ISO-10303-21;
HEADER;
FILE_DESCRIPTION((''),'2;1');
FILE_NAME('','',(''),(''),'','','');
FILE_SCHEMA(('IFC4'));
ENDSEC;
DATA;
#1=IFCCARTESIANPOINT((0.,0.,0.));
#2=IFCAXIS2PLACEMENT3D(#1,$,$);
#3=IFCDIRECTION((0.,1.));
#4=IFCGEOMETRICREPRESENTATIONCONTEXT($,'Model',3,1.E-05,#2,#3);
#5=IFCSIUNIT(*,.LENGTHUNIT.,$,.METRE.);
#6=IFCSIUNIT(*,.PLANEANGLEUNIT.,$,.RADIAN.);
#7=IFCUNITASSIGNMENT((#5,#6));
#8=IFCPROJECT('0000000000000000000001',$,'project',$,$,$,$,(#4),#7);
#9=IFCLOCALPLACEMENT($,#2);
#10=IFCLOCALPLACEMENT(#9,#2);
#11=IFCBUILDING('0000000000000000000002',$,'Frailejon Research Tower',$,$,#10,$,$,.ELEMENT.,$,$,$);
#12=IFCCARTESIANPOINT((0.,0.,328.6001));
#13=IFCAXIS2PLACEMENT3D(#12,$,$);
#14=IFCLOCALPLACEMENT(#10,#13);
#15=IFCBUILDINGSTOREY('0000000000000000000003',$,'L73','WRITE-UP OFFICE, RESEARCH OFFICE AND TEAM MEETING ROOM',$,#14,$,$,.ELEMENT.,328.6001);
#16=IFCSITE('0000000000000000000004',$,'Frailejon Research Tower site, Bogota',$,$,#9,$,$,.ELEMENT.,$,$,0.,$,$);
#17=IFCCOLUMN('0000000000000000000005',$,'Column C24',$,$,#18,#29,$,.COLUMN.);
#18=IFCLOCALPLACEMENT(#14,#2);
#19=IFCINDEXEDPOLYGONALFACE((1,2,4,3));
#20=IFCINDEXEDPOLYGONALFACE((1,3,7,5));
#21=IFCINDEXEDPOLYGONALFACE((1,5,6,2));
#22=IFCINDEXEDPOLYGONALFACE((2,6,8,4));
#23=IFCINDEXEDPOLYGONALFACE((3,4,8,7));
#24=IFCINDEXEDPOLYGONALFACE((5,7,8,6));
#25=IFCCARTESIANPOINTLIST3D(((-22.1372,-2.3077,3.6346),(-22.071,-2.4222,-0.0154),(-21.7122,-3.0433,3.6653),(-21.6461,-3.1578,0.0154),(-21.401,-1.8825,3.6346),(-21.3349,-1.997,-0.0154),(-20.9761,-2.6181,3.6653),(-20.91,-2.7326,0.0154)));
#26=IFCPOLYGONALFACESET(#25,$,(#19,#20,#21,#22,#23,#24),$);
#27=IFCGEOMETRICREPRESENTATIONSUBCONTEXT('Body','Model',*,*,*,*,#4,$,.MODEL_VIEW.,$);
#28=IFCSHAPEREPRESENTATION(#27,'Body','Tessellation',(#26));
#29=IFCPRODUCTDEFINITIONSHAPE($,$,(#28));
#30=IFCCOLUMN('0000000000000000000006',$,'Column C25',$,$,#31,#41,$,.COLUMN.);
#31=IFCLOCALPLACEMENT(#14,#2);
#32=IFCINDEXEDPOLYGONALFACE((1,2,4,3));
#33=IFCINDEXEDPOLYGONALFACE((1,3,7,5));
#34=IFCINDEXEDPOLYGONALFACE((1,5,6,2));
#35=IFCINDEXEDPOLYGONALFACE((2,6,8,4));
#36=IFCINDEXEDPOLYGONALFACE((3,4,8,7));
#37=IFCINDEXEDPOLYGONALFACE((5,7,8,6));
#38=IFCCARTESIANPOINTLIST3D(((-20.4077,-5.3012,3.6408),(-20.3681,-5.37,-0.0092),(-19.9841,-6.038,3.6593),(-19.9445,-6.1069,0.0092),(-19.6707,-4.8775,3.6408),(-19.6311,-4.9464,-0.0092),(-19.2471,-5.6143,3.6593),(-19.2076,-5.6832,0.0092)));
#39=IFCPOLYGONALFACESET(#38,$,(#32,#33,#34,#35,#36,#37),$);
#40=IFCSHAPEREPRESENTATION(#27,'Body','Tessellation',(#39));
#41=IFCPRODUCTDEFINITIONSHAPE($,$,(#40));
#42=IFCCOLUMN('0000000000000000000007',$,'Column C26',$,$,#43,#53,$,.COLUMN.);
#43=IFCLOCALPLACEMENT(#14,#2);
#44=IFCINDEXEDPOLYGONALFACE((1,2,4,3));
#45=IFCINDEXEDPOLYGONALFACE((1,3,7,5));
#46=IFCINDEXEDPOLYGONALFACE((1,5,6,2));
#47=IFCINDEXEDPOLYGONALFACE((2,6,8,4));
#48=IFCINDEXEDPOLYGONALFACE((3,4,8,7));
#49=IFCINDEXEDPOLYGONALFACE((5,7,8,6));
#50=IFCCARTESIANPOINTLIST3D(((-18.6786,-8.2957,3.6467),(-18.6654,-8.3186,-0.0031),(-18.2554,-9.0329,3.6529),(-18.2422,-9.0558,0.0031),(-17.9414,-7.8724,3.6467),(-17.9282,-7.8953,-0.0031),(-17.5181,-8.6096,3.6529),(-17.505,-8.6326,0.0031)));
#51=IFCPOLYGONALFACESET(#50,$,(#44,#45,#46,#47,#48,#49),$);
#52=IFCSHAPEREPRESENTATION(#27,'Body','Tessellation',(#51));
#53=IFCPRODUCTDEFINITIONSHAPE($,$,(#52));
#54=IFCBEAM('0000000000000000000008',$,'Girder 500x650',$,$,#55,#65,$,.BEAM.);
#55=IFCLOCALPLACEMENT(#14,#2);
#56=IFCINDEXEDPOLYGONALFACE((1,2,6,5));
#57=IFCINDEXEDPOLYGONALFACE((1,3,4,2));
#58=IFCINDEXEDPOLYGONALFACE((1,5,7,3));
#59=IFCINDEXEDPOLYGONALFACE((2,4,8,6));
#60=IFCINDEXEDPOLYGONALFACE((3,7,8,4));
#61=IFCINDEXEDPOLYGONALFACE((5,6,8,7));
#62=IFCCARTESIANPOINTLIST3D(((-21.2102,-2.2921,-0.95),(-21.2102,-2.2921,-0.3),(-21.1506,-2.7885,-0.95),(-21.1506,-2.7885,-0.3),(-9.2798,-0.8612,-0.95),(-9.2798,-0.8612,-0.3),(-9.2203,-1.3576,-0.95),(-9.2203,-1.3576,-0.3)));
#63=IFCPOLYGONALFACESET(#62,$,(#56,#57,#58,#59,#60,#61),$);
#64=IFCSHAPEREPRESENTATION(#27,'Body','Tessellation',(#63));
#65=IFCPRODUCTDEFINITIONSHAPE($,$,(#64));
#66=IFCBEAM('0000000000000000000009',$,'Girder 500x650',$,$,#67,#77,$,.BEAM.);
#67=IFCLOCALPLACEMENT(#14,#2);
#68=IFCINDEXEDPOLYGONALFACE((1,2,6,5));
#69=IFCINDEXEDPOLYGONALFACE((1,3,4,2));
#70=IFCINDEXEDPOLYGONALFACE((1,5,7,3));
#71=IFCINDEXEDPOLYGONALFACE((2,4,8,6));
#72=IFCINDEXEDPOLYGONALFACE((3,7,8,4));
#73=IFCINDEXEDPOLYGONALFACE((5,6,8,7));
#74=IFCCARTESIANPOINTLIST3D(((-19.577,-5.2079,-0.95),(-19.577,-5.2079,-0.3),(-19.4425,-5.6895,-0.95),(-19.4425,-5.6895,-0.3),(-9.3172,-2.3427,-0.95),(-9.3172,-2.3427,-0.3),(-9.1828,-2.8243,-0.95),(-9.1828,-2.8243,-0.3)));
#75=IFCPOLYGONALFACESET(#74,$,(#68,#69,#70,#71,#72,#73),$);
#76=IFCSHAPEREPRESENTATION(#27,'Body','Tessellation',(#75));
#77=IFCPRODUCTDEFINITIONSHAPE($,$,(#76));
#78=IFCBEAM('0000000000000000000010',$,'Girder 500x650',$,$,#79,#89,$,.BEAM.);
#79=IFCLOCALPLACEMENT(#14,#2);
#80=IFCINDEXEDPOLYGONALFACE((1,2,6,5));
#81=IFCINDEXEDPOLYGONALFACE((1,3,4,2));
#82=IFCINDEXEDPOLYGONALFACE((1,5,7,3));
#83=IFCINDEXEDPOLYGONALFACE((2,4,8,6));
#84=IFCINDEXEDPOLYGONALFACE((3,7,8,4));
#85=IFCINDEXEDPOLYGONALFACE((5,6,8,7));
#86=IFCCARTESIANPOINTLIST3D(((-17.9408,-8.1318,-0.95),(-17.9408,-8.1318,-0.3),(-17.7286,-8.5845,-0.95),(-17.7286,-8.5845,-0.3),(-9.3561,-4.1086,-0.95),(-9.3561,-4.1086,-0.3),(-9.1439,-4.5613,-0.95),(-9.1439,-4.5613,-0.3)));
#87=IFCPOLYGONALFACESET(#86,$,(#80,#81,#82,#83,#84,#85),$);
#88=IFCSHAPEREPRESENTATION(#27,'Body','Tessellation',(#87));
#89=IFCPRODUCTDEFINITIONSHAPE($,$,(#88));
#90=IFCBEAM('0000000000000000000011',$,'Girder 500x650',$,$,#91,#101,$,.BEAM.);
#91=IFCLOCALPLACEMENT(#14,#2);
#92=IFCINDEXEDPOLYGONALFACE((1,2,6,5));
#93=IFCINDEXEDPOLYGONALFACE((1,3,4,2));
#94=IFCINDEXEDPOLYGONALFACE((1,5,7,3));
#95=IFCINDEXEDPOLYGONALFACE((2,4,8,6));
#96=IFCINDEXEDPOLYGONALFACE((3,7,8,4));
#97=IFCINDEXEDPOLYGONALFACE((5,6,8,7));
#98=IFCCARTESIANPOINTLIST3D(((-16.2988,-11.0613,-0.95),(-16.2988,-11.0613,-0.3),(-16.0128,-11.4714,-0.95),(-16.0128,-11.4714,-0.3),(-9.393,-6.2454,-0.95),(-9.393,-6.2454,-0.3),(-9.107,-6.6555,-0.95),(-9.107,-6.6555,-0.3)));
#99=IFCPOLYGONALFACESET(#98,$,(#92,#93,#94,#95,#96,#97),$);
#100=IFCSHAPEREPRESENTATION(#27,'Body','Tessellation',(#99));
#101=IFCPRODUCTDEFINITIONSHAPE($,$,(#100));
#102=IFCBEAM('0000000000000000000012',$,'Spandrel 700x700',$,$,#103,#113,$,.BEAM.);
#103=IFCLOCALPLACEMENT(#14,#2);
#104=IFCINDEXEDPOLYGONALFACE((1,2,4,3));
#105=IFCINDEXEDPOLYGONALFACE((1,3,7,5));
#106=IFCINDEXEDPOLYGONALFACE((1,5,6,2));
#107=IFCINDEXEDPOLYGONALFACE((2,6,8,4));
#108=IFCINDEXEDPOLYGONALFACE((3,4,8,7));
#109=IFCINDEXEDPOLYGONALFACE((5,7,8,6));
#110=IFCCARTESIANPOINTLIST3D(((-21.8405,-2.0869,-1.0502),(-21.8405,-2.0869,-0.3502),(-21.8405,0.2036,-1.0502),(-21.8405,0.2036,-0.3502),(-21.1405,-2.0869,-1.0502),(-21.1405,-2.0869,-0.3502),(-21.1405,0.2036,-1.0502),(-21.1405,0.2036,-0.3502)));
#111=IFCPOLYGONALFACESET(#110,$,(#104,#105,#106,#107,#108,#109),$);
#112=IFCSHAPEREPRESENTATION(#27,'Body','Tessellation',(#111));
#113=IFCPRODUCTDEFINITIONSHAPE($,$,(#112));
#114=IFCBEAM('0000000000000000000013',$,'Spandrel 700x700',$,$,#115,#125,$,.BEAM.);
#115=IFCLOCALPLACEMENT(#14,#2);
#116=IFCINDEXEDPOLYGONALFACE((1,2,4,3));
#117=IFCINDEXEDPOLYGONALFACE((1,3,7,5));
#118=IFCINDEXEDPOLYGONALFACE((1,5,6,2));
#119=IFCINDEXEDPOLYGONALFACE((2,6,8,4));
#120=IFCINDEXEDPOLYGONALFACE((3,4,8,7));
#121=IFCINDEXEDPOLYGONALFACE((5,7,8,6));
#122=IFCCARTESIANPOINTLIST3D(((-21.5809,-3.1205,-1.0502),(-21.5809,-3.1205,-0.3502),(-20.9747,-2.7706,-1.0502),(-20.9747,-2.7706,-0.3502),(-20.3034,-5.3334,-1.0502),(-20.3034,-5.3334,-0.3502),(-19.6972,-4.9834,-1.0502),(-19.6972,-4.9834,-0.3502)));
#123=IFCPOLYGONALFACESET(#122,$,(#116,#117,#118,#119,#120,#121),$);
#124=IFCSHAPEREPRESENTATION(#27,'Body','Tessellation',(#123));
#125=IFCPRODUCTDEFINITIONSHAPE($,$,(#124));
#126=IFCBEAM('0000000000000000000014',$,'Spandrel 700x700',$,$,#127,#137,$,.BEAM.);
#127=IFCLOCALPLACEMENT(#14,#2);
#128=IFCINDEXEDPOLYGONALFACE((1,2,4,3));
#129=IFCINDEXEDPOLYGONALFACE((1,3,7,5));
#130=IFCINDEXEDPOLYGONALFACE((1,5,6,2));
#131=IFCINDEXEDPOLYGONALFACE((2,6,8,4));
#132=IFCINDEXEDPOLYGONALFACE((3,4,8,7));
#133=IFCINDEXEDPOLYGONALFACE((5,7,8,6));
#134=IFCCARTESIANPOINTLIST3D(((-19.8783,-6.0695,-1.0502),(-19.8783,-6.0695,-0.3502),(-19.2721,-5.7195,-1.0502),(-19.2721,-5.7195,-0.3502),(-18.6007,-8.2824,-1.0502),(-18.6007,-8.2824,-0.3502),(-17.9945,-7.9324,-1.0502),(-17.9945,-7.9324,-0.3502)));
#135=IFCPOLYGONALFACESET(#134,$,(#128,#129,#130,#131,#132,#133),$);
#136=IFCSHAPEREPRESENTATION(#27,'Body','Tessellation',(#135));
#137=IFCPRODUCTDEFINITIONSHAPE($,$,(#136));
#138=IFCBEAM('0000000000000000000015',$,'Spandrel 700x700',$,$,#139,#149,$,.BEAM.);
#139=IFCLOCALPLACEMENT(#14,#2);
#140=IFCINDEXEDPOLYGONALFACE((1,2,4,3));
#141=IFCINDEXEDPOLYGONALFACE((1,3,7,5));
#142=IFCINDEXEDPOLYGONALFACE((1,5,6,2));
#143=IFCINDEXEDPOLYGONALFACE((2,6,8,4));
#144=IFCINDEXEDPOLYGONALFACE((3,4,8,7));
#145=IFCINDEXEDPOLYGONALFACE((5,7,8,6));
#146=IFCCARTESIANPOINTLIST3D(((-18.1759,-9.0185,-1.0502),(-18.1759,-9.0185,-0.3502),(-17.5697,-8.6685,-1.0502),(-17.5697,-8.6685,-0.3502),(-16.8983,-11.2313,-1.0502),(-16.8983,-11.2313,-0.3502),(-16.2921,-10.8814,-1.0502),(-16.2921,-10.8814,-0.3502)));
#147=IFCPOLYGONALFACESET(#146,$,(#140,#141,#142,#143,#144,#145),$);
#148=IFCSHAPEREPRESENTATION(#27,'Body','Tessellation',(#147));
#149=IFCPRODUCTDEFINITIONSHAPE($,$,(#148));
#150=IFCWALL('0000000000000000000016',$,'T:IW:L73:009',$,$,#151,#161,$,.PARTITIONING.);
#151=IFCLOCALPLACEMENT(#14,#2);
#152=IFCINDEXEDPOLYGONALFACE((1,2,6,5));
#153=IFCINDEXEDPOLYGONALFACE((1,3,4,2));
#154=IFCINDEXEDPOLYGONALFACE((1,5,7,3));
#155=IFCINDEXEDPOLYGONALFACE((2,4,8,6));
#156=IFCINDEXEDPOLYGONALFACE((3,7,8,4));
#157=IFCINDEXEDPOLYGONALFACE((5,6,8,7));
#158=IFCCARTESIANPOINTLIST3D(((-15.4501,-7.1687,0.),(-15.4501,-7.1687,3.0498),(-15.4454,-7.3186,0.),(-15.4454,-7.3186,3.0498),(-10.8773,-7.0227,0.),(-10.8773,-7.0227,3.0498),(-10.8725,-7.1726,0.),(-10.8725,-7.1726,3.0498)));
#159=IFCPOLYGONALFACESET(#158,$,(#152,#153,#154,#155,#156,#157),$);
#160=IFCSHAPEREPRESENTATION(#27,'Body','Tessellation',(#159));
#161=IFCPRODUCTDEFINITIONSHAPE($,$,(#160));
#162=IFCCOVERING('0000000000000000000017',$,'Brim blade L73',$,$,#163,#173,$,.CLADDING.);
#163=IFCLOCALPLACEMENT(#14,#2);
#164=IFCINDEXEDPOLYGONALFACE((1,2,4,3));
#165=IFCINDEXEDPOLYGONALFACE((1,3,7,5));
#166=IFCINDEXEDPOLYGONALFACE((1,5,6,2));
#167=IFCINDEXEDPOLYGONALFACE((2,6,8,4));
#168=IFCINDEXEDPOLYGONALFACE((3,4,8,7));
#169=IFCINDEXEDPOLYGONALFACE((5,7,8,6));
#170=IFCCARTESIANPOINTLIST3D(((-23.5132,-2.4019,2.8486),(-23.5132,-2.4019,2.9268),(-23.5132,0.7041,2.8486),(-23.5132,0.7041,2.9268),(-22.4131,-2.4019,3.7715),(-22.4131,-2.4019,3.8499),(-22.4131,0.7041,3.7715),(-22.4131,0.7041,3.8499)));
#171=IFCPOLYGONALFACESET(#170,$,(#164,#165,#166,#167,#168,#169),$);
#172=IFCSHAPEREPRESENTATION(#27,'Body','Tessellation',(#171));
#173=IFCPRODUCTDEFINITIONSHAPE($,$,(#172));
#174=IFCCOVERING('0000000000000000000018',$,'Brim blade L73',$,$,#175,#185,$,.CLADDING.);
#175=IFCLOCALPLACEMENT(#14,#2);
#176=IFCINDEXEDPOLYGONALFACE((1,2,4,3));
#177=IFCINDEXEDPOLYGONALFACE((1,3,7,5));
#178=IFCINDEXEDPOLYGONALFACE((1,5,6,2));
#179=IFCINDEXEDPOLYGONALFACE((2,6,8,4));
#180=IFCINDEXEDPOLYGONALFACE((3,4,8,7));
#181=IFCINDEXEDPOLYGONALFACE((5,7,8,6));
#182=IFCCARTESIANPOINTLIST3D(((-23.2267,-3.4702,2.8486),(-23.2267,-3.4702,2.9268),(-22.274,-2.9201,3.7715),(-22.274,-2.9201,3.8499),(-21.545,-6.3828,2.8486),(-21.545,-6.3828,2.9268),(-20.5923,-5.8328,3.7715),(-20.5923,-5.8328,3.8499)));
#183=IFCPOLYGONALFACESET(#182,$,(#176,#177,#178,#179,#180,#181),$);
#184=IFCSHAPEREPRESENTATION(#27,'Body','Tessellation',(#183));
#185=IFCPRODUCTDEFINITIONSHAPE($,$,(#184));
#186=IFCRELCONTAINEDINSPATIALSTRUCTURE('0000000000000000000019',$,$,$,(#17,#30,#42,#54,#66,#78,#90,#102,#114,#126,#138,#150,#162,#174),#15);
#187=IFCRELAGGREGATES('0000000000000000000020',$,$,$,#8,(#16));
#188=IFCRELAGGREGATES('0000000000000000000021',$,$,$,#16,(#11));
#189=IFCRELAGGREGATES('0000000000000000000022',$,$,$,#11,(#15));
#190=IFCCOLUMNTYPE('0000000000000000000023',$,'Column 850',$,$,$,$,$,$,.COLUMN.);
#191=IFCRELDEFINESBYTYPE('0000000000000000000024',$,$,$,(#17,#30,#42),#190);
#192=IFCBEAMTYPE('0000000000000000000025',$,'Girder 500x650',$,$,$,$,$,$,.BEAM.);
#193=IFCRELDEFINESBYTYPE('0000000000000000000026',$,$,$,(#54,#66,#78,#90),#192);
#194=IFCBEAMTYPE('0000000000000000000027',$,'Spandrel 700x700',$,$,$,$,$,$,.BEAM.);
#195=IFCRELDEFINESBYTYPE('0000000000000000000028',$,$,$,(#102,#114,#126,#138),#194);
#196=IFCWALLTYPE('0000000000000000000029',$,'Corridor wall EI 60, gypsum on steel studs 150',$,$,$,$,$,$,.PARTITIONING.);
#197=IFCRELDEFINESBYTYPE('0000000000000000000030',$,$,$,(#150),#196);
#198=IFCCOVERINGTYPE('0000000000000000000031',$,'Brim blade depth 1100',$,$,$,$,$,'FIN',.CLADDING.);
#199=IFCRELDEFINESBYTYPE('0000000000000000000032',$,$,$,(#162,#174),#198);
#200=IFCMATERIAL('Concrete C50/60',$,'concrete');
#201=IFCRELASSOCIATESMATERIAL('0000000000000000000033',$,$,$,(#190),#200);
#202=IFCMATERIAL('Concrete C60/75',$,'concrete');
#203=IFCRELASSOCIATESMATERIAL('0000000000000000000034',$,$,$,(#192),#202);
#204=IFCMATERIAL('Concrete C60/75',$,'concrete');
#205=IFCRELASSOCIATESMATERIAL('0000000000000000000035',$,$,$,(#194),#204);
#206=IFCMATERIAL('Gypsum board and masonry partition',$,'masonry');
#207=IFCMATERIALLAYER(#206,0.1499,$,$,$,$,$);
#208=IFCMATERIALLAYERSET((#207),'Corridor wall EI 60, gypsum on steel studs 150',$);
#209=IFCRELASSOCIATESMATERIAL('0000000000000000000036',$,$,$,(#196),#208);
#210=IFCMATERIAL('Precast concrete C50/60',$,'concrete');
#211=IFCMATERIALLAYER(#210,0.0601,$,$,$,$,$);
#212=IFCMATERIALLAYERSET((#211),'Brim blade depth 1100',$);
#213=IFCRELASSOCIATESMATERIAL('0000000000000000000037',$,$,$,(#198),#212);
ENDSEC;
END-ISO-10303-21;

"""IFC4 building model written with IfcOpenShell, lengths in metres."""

from ifc_helpers import new_model, si_unit, direction, frame, frame_2d, origin, origin_2d, place, context, subcontext, project, spatial, polyline, rectangle, outline, extrude, material, layer, layer_set, material_profile, profile_set, type_object, element, save


model = new_model("IFC4")

# Units and contexts
model_context = context("Model", 3, precision=1e-05, world=origin(), true_north=direction((0.0, 1.0)))
body_context = subcontext(model_context, "Body", "Model", "MODEL_VIEW")
ifc_project = project(units=[si_unit("LENGTHUNIT", "METRE"), si_unit("PLANEANGLEUNIT", "RADIAN")], contexts=[model_context])

# Site, building, storey
site_placement = place(None, origin())
site = spatial("IfcSite", under=ifc_project, at=site_placement, Name="Frailejon Research Tower site, Bogota", CompositionType="ELEMENT", RefElevation=0.0)
building_placement = place(site_placement, origin())
building = spatial("IfcBuilding", under=site, at=building_placement, Name="Frailejon Research Tower", CompositionType="ELEMENT")
storey_placement = place(building_placement, frame((0.0, 0.0, 328.6001)))
storey = spatial("IfcBuildingStorey", under=building, at=storey_placement, Name="L73", Description="WRITE-UP OFFICE, RESEARCH OFFICE AND TEAM MEETING ROOM", CompositionType="ELEMENT", Elevation=328.6001)

# Columns
ifc_material_1 = material(Name="Concrete C50/60", Category="concrete")
ifc_material_profile_1 = material_profile(ifc_material_1, rectangle(XDim=0.8501, YDim=0.8501, at=origin_2d()), Name="Column 850")
ifc_profile_set_1 = profile_set([ifc_material_profile_1], Name="Concrete C50/60")
column_type = type_object("IfcColumnType", Name="Column 850", PredefinedType="COLUMN", material=ifc_profile_set_1)
column_1_placement = place(storey_placement, frame((-21.4905, -2.5774, 0.0), z_axis=(-0.018115, 0.031351, 0.999344), x_axis=(0.49984, -0.865361, 0.036208)))
element("IfcColumn", 1, at=column_1_placement, inside=storey, type_object=column_type, Name="Column C24", PredefinedType="COLUMN", context=body_context, shape_type="SweptSolid", body=[
    extrude(rectangle(XDim=0.8501, YDim=0.8501, at=origin_2d()), origin(), (0.0, 0.0, 1.0), 3.6523),
])
column_2_placement = place(storey_placement, frame((-19.7878, -5.5266, 0.0), z_axis=(-0.010834, 0.018858, 0.999763), x_axis=(0.498285, -0.86674, 0.021749)))
element("IfcColumn", 2, at=column_2_placement, inside=storey, type_object=column_type, Name="Column C25", PredefinedType="COLUMN", context=body_context, shape_type="SweptSolid", body=[
    extrude(rectangle(XDim=0.8501, YDim=0.8501, at=origin_2d()), origin(), (0.0, 0.0, 1.0), 3.6509),
])
column_3_placement = place(storey_placement, frame((-18.0852, -8.4756, 0.0), z_axis=(-0.003612, 0.006287, 0.999974), x_axis=(0.49789, -0.86721, 0.007251)))
element("IfcColumn", 3, at=column_3_placement, inside=storey, type_object=column_type, Name="Column C26", PredefinedType="COLUMN", context=body_context, shape_type="SweptSolid", body=[
    extrude(rectangle(XDim=0.8501, YDim=0.8501, at=origin_2d()), origin(), (0.0, 0.0, 1.0), 3.6499),
])

# Beams
ifc_material_2 = material(Name="Concrete C60/75", Category="concrete")
ifc_material_profile_2 = material_profile(ifc_material_2, rectangle(XDim=0.5, YDim=0.6499, at=origin_2d()), Name="Girder 500x650")
ifc_profile_set_2 = profile_set([ifc_material_profile_2], Name="Concrete C60/75")
beam_type_1 = type_object("IfcBeamType", Name="Girder 500x650", PredefinedType="BEAM", material=ifc_profile_set_2)
beam_1_placement = place(storey_placement, frame((-21.1804, -2.5403, -0.625), z_axis=(0.992884, 0.119084, 0.0), x_axis=(-0.119084, 0.992884, 0.0)))
element("IfcBeam", 4, at=beam_1_placement, inside=storey, type_object=beam_type_1, Name="Girder 500x650", PredefinedType="BEAM", context=body_context, shape_type="SweptSolid", body=[
    extrude(rectangle(XDim=0.5, YDim=0.6499, at=origin_2d()), origin(), (0.0, 0.0, 1.0), 12.0159),
])
beam_2_placement = place(storey_placement, frame((-19.5098, -5.4487, -0.625), z_axis=(0.963147, 0.268977, 0.0), x_axis=(-0.268977, 0.963147, 0.0)))
element("IfcBeam", 5, at=beam_2_placement, inside=storey, type_object=beam_type_1, Name="Girder 500x650", PredefinedType="BEAM", context=body_context, shape_type="SweptSolid", body=[
    extrude(rectangle(XDim=0.5, YDim=0.6499, at=origin_2d()), origin(), (0.0, 0.0, 1.0), 10.6523),
])
beam_3_placement = place(storey_placement, frame((-17.8347, -8.3582, -0.625), z_axis=(0.905495, 0.424357, 0.0), x_axis=(-0.424357, 0.905495, 0.0)))
element("IfcBeam", 6, at=beam_3_placement, inside=storey, type_object=beam_type_1, Name="Girder 500x650", PredefinedType="BEAM", context=body_context, shape_type="SweptSolid", body=[
    extrude(rectangle(XDim=0.5, YDim=0.6499, at=origin_2d()), origin(), (0.0, 0.0, 1.0), 9.4807),
])
beam_4_placement = place(storey_placement, frame((-16.1558, -11.2664, -0.625), z_axis=(0.820241, 0.572017, 0.0), x_axis=(-0.572017, 0.820241, 0.0)))
element("IfcBeam", 7, at=beam_4_placement, inside=storey, type_object=beam_type_1, Name="Girder 500x650", PredefinedType="BEAM", context=body_context, shape_type="SweptSolid", body=[
    extrude(rectangle(XDim=0.5, YDim=0.6499, at=origin_2d()), origin(), (0.0, 0.0, 1.0), 8.4192),
])
ifc_material_3 = material(Name="Concrete C60/75", Category="concrete")
ifc_material_profile_3 = material_profile(ifc_material_3, rectangle(XDim=0.7, YDim=0.7, at=origin_2d()), Name="Spandrel 700x700")
ifc_profile_set_3 = profile_set([ifc_material_profile_3], Name="Concrete C60/75")
beam_type_2 = type_object("IfcBeamType", Name="Spandrel 700x700", PredefinedType="BEAM", material=ifc_profile_set_3)
beam_5_placement = place(storey_placement, frame((-21.4905, 0.2036, -0.7002), z_axis=(0.0, -1.0, 0.0), x_axis=(1.0, 0.0, 0.0)))
element("IfcBeam", 8, at=beam_5_placement, inside=storey, type_object=beam_type_2, Name="Spandrel 700x700", PredefinedType="BEAM", context=body_context, shape_type="SweptSolid", body=[
    extrude(rectangle(XDim=0.7, YDim=0.7, at=origin_2d()), origin(), (0.0, 0.0, 1.0), 2.2905),
])
for number, where, z_axis, x_axis, name in (
    (9, (-21.2778, -2.9456, -0.7002), (0.499993, -0.86603, 0.0), (0.86603, 0.499993, 0.0), "Spandrel 700x700"),
    (10, (-19.5752, -5.8945, -0.7002), (0.499993, -0.86603, 0.0), (0.86603, 0.499993, 0.0), "Spandrel 700x700"),
    (11, (-17.8728, -8.8435, -0.7002), (0.499993, -0.86603, 0.0), (0.86603, 0.499993, 0.0), "Spandrel 700x700"),
):
    element("IfcBeam", number, at=place(storey_placement, frame(where, z_axis=z_axis, x_axis=x_axis)), inside=storey, type_object=beam_type_2, Name=name, PredefinedType="BEAM", context=body_context, shape_type="SweptSolid", body=[
        extrude(rectangle(XDim=0.7, YDim=0.7, at=origin_2d()), origin(), (0.0, 0.0, 1.0), 2.5552),
    ])

# Wall
ifc_material_4 = material(Name="Gypsum board and masonry partition", Category="masonry")
ifc_layer_1 = layer(ifc_material_4, 0.1499)
ifc_layer_set_1 = layer_set([ifc_layer_1], Name="Corridor wall EI 60, gypsum on steel studs 150")
wall_type_1 = type_object("IfcWallType", Name="Corridor wall EI 60, gypsum on steel studs 150", PredefinedType="PARTITIONING", material=ifc_layer_set_1)
wall_1_placement = place(storey_placement, frame((-15.4478, -7.2437, 0.0), z_axis=(0.0, 0.0, 1.0), x_axis=(0.999491, 0.031911, 0.0)))
element("IfcWall", 12, at=wall_1_placement, inside=storey, type_object=wall_type_1, Name="T:IW:L73:009", PredefinedType="PARTITIONING", context=body_context, shape_type="SweptSolid", body=[
    extrude(rectangle(XDim=4.5752, YDim=0.1499, at=frame_2d((2.2876, 0.0))), origin(), (0.0, 0.0, 1.0), 3.0498),
])

# Coverings
ifc_material_5 = material(Name="Precast concrete C50/60", Category="concrete")
ifc_layer_2 = layer(ifc_material_5, 0.0601)
ifc_layer_set_2 = layer_set([ifc_layer_2], Name="Brim blade depth 1100")
covering_type_1 = type_object("IfcCoveringType", Name="Brim blade depth 1100", ElementType="FIN", PredefinedType="CLADDING", material=ifc_layer_set_2)
covering_1_placement = place(storey_placement, frame((-22.4131, -2.4019, 3.8499), z_axis=(0.0, 1.0, 0.0), x_axis=(-1.0, 0.0, 0.0)))
element("IfcCovering", 13, at=covering_1_placement, inside=storey, type_object=covering_type_1, Name="Brim blade L73", PredefinedType="CLADDING", context=body_context, shape_type="SweptSolid", body=[
    extrude(outline(polyline([(0.0, -0.0784), (1.1001, -1.0012), (1.1001, -0.9231), (0.0, 0.0), (0.0, -0.0784)])), origin(), (0.0, 0.0, 1.0), 3.106),
])
covering_2_placement = place(storey_placement, frame((-20.5923, -5.8328, 3.8499), z_axis=(-0.500012, 0.866019, 0.0), x_axis=(-0.866019, -0.500012, 0.0)))
element("IfcCovering", 14, at=covering_2_placement, inside=storey, type_object=covering_type_1, Name="Brim blade L73", PredefinedType="CLADDING", context=body_context, shape_type="SweptSolid", body=[
    extrude(outline(polyline([(0.0, -0.0784), (1.1001, -1.0012), (1.1001, -0.9231), (0.0, 0.0), (0.0, -0.0784)])), origin(), (0.0, 0.0, 1.0), 3.3633),
])

save(model, "model.ifc")
